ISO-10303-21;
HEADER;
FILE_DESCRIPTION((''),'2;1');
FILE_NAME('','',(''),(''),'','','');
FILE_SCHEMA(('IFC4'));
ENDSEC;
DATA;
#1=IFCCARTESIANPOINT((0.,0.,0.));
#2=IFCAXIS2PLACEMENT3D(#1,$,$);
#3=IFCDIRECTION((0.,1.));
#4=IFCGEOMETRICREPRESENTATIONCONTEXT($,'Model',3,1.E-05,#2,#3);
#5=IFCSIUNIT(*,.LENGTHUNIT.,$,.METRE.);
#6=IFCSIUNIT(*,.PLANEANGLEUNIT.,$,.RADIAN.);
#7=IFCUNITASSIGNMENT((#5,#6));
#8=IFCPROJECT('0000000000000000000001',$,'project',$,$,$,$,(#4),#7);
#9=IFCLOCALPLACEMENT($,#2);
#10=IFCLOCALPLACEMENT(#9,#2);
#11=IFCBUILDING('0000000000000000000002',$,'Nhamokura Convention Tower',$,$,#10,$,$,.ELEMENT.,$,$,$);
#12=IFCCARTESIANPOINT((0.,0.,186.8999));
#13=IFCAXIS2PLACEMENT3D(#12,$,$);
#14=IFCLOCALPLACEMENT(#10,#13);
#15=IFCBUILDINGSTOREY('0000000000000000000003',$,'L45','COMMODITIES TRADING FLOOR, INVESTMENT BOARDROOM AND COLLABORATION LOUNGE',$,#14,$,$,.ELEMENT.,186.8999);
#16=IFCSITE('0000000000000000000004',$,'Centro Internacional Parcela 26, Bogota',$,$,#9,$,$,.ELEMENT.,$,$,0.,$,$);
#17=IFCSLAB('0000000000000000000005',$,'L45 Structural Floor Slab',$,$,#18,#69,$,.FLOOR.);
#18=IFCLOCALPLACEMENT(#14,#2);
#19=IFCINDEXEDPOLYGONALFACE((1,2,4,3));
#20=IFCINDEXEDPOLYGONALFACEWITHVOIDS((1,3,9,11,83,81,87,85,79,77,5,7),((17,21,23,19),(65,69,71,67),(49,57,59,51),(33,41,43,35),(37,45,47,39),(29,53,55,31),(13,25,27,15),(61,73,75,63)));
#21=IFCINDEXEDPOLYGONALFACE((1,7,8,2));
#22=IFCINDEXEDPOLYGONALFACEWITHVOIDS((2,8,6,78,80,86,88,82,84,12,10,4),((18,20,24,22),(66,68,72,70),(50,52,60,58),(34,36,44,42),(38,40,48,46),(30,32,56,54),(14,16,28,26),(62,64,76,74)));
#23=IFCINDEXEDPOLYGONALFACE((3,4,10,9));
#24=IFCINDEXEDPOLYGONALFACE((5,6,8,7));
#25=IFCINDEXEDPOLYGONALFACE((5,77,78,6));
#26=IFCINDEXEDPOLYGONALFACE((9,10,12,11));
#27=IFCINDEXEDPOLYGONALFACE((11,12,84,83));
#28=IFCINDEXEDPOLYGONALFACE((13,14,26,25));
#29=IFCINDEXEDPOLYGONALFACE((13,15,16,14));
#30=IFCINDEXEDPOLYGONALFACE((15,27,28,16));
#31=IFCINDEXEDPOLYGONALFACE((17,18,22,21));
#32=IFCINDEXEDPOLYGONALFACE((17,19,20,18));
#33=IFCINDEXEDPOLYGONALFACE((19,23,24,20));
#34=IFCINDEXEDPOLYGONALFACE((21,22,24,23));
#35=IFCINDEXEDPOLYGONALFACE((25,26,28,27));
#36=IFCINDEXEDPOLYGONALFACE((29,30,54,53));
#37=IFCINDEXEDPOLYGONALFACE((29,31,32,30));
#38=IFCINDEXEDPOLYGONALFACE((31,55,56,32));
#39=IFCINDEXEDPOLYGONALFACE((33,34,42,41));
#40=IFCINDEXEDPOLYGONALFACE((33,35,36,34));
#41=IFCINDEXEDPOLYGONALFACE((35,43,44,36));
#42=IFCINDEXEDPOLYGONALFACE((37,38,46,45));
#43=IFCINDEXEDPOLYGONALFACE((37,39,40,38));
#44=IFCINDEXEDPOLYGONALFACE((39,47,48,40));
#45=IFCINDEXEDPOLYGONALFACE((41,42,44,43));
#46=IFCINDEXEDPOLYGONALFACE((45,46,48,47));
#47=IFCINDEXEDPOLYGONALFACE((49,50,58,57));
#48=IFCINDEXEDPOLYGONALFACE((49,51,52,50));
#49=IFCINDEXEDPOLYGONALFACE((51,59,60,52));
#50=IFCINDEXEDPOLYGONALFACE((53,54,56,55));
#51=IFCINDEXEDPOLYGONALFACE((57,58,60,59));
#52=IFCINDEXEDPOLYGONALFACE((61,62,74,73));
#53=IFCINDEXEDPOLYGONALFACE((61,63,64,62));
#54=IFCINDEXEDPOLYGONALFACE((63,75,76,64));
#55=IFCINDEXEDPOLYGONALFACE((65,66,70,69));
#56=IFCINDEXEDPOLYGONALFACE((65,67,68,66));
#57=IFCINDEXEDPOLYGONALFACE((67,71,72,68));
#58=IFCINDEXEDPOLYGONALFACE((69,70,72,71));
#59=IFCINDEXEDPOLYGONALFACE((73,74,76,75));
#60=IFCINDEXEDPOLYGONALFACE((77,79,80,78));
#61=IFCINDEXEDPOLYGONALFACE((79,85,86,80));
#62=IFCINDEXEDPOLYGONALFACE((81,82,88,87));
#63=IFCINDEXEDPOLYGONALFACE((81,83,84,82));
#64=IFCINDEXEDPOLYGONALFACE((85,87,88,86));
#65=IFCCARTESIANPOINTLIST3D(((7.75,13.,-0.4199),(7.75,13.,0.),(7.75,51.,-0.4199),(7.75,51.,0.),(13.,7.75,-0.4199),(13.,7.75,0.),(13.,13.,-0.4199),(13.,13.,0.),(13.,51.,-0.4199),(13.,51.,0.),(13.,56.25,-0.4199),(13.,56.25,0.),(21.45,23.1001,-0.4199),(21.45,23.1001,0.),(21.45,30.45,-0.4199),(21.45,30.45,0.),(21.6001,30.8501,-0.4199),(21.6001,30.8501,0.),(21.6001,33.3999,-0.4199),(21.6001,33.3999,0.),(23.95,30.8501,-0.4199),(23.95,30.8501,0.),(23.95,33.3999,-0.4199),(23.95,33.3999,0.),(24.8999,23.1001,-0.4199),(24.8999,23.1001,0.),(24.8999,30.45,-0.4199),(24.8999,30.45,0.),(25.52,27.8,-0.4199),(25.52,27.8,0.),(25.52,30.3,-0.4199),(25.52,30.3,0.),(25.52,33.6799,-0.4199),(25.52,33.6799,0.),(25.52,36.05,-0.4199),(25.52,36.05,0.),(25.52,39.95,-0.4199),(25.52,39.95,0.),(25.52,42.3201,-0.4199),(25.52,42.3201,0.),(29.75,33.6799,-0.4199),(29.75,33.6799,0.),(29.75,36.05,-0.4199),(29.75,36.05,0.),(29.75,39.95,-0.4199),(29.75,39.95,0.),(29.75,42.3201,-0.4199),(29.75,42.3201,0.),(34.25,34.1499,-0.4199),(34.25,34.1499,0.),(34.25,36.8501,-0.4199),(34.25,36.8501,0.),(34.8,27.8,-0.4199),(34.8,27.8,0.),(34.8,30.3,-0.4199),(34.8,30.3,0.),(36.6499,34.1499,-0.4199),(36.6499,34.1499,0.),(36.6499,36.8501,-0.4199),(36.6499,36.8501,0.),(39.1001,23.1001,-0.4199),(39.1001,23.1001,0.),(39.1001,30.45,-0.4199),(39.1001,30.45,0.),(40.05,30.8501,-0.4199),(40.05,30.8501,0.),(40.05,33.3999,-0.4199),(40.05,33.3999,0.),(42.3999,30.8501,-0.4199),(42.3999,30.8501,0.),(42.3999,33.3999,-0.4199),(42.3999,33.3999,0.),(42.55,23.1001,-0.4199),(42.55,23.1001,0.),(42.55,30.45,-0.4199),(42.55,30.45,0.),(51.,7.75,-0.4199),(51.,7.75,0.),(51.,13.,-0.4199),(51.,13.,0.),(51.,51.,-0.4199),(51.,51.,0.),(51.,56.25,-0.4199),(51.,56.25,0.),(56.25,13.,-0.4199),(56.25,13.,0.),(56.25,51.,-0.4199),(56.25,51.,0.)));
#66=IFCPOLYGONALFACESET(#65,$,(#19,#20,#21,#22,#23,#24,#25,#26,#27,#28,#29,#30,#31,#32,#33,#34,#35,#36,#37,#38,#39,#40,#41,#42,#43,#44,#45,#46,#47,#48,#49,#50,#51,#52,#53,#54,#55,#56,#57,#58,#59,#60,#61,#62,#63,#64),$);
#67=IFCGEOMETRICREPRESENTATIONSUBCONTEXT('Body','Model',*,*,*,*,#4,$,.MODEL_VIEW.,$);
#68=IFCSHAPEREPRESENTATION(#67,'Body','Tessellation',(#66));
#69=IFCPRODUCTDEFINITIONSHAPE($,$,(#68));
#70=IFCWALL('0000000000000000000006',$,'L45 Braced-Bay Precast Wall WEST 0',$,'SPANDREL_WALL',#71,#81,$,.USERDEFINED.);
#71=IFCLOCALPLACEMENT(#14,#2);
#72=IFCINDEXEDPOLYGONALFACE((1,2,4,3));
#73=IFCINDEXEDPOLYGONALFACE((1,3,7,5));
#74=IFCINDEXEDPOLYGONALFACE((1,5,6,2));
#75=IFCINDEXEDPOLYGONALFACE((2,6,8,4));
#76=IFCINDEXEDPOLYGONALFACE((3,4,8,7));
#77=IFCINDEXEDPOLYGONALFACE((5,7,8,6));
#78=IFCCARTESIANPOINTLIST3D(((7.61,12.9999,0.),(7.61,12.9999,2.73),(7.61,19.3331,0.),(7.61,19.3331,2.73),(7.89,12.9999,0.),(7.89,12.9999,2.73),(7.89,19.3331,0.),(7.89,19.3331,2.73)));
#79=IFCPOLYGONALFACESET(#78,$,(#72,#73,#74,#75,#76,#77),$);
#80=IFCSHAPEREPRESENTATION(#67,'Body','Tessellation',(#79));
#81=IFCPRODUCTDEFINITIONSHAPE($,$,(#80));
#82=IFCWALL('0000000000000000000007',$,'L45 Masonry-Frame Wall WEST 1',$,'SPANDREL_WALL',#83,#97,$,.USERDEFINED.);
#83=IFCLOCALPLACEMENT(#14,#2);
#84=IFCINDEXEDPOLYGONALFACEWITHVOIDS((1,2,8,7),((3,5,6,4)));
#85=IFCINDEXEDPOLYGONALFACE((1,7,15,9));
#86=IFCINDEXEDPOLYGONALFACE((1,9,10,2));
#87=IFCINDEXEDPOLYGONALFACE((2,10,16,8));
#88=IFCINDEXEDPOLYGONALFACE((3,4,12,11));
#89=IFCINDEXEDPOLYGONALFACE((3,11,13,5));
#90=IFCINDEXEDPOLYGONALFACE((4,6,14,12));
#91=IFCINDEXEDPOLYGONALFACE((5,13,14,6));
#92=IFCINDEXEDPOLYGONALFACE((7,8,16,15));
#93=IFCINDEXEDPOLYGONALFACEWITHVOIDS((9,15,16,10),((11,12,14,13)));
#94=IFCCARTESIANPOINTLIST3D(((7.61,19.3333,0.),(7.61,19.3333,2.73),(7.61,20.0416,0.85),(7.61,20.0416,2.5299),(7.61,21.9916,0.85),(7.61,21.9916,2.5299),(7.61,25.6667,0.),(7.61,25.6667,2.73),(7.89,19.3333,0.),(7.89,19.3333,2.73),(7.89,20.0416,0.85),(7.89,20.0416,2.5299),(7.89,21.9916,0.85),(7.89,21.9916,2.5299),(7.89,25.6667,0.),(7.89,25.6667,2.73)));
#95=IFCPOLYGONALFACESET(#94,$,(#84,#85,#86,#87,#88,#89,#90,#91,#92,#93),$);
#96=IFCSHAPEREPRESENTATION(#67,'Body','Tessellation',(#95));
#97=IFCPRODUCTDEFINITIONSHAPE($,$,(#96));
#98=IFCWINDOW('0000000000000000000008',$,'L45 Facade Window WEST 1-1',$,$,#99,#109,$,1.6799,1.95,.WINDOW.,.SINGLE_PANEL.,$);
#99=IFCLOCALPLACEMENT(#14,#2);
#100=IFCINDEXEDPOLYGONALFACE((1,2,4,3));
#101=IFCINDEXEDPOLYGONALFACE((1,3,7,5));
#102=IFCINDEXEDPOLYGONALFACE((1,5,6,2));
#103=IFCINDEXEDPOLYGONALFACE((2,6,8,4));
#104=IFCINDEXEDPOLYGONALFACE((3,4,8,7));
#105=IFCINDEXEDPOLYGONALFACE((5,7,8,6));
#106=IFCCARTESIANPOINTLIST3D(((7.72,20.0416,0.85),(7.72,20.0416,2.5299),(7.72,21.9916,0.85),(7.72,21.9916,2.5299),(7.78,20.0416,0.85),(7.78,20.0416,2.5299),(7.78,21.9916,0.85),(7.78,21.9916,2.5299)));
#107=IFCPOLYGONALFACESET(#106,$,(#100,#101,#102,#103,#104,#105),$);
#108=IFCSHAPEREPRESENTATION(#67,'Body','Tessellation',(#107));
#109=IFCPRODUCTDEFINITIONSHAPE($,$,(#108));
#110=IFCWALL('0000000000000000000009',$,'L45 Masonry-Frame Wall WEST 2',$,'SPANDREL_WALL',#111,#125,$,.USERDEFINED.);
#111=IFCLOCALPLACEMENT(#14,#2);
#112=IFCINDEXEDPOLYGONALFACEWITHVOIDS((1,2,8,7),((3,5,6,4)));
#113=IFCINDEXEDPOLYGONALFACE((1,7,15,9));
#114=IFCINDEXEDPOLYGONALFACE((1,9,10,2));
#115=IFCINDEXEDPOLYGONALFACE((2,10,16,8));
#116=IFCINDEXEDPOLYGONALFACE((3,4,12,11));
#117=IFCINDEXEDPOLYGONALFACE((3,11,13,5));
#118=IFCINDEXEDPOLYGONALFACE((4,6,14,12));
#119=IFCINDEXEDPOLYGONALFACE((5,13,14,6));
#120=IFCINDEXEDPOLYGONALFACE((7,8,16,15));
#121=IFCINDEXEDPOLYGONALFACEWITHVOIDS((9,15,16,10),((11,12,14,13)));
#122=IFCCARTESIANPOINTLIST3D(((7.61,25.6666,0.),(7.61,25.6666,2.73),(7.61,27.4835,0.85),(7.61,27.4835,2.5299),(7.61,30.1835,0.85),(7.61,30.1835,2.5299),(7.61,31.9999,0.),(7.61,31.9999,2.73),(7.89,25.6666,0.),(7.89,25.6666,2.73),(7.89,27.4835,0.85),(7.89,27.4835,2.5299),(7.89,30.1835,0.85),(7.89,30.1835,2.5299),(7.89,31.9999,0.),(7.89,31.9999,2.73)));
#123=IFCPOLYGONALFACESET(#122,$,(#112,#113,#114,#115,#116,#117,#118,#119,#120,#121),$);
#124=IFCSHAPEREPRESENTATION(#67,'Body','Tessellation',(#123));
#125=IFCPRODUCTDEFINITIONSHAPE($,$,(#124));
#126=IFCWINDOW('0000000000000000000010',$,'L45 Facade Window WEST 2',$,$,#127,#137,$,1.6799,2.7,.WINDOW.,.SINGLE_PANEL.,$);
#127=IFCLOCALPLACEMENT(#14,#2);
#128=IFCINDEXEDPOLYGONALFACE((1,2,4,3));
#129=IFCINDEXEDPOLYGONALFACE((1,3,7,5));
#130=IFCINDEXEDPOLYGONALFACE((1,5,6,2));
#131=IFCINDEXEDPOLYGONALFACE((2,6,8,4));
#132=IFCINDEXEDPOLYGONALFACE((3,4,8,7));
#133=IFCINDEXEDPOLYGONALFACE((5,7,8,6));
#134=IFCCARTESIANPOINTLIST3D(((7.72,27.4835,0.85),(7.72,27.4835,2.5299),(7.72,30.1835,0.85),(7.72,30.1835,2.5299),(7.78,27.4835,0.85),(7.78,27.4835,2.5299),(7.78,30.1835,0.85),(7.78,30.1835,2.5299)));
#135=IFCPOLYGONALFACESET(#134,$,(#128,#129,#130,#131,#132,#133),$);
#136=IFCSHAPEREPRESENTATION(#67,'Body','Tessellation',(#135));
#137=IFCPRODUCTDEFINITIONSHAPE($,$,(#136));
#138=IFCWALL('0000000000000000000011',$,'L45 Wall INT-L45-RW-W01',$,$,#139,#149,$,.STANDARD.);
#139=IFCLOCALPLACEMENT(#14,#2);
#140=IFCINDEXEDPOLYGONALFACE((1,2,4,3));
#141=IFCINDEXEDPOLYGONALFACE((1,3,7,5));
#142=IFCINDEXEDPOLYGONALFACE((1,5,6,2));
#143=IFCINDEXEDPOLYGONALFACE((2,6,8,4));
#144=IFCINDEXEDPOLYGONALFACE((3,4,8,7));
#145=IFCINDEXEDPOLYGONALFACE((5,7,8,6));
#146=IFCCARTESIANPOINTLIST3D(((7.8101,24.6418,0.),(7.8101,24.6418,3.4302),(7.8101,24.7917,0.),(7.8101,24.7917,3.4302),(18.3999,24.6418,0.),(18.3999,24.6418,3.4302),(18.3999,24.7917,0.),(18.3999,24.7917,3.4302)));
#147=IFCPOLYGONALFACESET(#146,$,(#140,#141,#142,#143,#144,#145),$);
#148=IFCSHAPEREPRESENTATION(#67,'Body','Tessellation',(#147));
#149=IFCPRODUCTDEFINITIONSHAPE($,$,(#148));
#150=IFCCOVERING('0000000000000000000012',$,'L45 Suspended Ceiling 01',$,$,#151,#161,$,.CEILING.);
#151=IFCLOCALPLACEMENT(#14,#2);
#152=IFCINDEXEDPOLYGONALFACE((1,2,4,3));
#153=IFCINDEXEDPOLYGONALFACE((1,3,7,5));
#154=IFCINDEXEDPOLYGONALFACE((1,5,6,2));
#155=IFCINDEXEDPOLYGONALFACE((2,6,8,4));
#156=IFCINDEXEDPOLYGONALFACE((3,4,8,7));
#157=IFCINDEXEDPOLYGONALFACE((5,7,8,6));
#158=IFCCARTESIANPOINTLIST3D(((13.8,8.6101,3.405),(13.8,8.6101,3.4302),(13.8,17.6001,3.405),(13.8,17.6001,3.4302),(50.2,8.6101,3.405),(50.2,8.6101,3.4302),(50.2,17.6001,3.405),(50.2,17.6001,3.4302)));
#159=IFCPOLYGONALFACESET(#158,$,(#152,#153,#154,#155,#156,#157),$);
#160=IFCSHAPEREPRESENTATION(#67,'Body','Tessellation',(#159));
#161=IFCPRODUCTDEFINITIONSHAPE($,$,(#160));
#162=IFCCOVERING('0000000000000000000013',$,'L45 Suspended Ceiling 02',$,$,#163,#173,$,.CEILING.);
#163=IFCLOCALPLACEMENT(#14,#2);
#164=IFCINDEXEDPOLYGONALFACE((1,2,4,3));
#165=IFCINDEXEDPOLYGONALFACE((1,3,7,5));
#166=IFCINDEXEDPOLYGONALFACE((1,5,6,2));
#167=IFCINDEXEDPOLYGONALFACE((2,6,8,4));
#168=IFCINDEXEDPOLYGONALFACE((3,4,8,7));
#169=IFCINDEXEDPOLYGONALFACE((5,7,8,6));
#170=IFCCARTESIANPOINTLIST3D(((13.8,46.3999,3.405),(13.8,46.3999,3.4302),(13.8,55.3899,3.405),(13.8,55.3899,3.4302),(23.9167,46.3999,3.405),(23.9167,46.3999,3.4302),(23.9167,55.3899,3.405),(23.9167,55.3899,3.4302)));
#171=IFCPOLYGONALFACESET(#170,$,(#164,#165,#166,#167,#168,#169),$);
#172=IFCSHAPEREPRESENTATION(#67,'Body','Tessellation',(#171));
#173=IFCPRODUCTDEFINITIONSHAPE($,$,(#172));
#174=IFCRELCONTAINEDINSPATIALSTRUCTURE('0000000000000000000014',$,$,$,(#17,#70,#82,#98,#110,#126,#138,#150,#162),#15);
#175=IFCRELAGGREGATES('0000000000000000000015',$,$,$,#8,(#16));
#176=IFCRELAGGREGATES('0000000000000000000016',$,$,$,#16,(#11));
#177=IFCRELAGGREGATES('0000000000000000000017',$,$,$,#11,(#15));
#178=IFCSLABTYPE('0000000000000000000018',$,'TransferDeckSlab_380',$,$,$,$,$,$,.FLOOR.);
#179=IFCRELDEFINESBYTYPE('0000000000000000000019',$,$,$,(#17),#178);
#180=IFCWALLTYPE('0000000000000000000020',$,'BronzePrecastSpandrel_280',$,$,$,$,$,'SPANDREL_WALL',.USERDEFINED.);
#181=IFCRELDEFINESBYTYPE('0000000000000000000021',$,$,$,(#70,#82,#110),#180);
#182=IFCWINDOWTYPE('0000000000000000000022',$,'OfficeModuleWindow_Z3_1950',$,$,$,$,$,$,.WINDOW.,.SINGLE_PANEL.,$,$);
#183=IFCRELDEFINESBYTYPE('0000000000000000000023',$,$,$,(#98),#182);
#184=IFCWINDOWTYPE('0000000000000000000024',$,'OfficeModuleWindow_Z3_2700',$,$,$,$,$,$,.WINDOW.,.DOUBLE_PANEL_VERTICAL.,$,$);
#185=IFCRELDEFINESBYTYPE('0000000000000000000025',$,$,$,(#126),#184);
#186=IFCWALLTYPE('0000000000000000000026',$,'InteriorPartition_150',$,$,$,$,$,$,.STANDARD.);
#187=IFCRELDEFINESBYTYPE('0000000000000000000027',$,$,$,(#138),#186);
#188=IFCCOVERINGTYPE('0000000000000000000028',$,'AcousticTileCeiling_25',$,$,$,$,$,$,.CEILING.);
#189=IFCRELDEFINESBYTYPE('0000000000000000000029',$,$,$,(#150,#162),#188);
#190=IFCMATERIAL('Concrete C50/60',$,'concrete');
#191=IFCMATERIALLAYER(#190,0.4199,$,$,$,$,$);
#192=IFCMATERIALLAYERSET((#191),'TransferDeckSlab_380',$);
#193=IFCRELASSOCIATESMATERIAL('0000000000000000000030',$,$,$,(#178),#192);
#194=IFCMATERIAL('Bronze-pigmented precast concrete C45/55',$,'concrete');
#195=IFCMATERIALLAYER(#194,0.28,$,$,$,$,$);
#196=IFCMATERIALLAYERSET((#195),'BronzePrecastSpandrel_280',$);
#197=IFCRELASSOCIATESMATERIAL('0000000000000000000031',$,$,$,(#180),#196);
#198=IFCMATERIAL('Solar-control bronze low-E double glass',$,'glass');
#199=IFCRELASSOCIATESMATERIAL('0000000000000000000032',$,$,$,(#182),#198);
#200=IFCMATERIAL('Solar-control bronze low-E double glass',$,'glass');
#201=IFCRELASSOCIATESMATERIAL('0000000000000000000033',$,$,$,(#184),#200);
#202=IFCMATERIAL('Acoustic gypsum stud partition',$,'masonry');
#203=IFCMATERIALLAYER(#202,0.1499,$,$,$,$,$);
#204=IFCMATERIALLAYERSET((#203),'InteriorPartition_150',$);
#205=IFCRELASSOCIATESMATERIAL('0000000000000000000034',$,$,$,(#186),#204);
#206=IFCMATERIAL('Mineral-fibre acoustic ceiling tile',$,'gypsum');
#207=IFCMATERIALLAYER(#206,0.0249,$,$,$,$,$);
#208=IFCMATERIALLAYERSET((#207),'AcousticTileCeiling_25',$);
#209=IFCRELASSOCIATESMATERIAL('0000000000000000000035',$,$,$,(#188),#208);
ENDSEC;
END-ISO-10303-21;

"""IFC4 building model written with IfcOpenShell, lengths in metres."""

from ifc_helpers import new_model, si_unit, direction, frame, frame_2d, origin, place, context, subcontext, project, spatial, polyline, rectangle, outline, extrude, material, layer, layer_set, type_object, element, fill, save


model = new_model("IFC4")

# Units and contexts
model_context = context("Model", 3, precision=1e-05, world=origin(), true_north=direction((0.0, 1.0)))
body_context = subcontext(model_context, "Body", "Model", "MODEL_VIEW")
ifc_project = project(units=[si_unit("LENGTHUNIT", "METRE"), si_unit("PLANEANGLEUNIT", "RADIAN")], contexts=[model_context])

# Site, building, storey
site_placement = place(None, origin())
site = spatial("IfcSite", under=ifc_project, at=site_placement, Name="Centro Internacional Parcela 26, Bogota", CompositionType="ELEMENT", RefElevation=0.0)
building_placement = place(site_placement, origin())
building = spatial("IfcBuilding", under=site, at=building_placement, Name="Nhamokura Convention Tower", CompositionType="ELEMENT")
storey_placement = place(building_placement, frame((0.0, 0.0, 186.8999)))
storey = spatial("IfcBuildingStorey", under=building, at=storey_placement, Name="L45", Description="COMMODITIES TRADING FLOOR, INVESTMENT BOARDROOM AND COLLABORATION LOUNGE", CompositionType="ELEMENT", Elevation=186.8999)

# Slab
ifc_material_1 = material(Name="Concrete C50/60", Category="concrete")
ifc_layer_1 = layer(ifc_material_1, 0.4199)
ifc_layer_set_1 = layer_set([ifc_layer_1], Name="TransferDeckSlab_380")
slab_type_1 = type_object("IfcSlabType", Name="TransferDeckSlab_380", PredefinedType="FLOOR", material=ifc_layer_set_1)
slab_1_placement = place(storey_placement, frame((0.0, 0.0, -0.4199)))
element("IfcSlab", 1, at=slab_1_placement, inside=storey, type_object=slab_type_1, Name="L45 Structural Floor Slab", PredefinedType="FLOOR", context=body_context, shape_type="SweptSolid", body=[
    extrude(outline(polyline([(13.0, 7.75), (51.0, 7.75), (51.0, 13.0), (56.25, 13.0), (56.25, 51.0), (51.0, 51.0), (51.0, 56.25), (13.0, 56.25), (13.0, 51.0), (7.75, 51.0), (7.75, 13.0), (13.0, 13.0), (13.0, 7.75)]), holes=[polyline([(24.8999, 23.1001), (24.8999, 30.45), (21.45, 30.45), (21.45, 23.1001), (24.8999, 23.1001)]), polyline([(42.55, 23.1001), (42.55, 30.45), (39.1001, 30.45), (39.1001, 23.1001), (42.55, 23.1001)]), polyline([(21.6001, 30.8501), (23.95, 30.8501), (23.95, 33.3999), (21.6001, 33.3999), (21.6001, 30.8501)]), polyline([(40.05, 30.8501), (42.3999, 30.8501), (42.3999, 33.3999), (40.05, 33.3999), (40.05, 30.8501)]), polyline([(34.25, 34.1499), (36.6499, 34.1499), (36.6499, 36.8501), (34.25, 36.8501), (34.25, 34.1499)]), polyline([(25.52, 27.8), (34.8, 27.8), (34.8, 30.3), (25.52, 30.3), (25.52, 27.8)]), polyline([(25.52, 33.6799), (29.75, 33.6799), (29.75, 36.05), (25.52, 36.05), (25.52, 33.6799)]), polyline([(25.52, 39.95), (29.75, 39.95), (29.75, 42.3201), (25.52, 42.3201), (25.52, 39.95)])]), origin(), (0.0, 0.0, 1.0), 0.4199),
])

# Wall
ifc_material_2 = material(Name="Bronze-pigmented precast concrete C45/55", Category="concrete")
ifc_layer_2 = layer(ifc_material_2, 0.28)
ifc_layer_set_2 = layer_set([ifc_layer_2], Name="BronzePrecastSpandrel_280")
wall_type_1 = type_object("IfcWallType", Name="BronzePrecastSpandrel_280", ElementType="SPANDREL_WALL", PredefinedType="USERDEFINED", material=ifc_layer_set_2)
wall_1_placement = place(storey_placement, frame((7.75, 13.0, 0.0), z_axis=(0.0, 0.0, 1.0), x_axis=(0.0, 1.0, 0.0)))
element("IfcWall", 2, at=wall_1_placement, inside=storey, type_object=wall_type_1, Name="L45 Braced-Bay Precast Wall WEST 0", ObjectType="SPANDREL_WALL", PredefinedType="USERDEFINED", context=body_context, shape_type="SweptSolid", body=[
    extrude(rectangle(XDim=6.3333, YDim=0.28, at=frame_2d((3.1665, 0.0))), origin(), (0.0, 0.0, 1.0), 2.73),
])

# Walls, openings, windows
wall_2_placement = place(storey_placement, frame((7.75, 19.3333, 0.0), z_axis=(0.0, 0.0, 1.0), x_axis=(0.0, 1.0, 0.0)))
wall_2 = element("IfcWall", 3, at=wall_2_placement, inside=storey, type_object=wall_type_1, Name="L45 Masonry-Frame Wall WEST 1", ObjectType="SPANDREL_WALL", PredefinedType="USERDEFINED", context=body_context, shape_type="SweptSolid", body=[
    extrude(rectangle(XDim=6.3335, YDim=0.28, at=frame_2d((3.1667, 0.0))), origin(), (0.0, 0.0, 1.0), 2.73),
])
opening_1_placement = place(wall_2_placement, frame((0.7083, 0.0, 0.8501)))
opening_1 = element("IfcOpeningElement", 4, at=opening_1_placement, cuts=wall_2, PredefinedType="OPENING", context=body_context, shape_type="SweptSolid", body=[
    extrude(rectangle(XDim=1.95, YDim=1.6799, at=frame_2d((0.9751, 0.8398))), frame((0.0, 0.1499, 0.0), z_axis=(0.0, -1.0, 0.0), x_axis=(1.0, 0.0, 0.0)), (0.0, 0.0, 1.0), 0.3),
])
ifc_material_3 = material(Name="Solar-control bronze low-E double glass", Category="glass")
window_type_1 = type_object("IfcWindowType", Name="OfficeModuleWindow_Z3_1950", PartitioningType="SINGLE_PANEL", PredefinedType="WINDOW", material=ifc_material_3)
window_1_placement = place(opening_1_placement, origin())
window_1 = element("IfcWindow", 5, at=window_1_placement, inside=storey, type_object=window_type_1, Name="L45 Facade Window WEST 1-1", OverallHeight=1.6799, OverallWidth=1.95, PartitioningType="SINGLE_PANEL", PredefinedType="WINDOW", context=body_context, shape_type="SweptSolid", body=[
    extrude(rectangle(XDim=1.95, YDim=1.6799, at=frame_2d((0.9751, 0.8398))), frame((0.0, 0.03, 0.0), z_axis=(0.0, -1.0, 0.0), x_axis=(1.0, 0.0, 0.0)), (0.0, 0.0, 1.0), 0.0601),
])
fill(opening_1, window_1)
wall_3_placement = place(storey_placement, frame((7.75, 25.6667, 0.0), z_axis=(0.0, 0.0, 1.0), x_axis=(0.0, 1.0, 0.0)))
wall_3 = element("IfcWall", 6, at=wall_3_placement, inside=storey, type_object=wall_type_1, Name="L45 Masonry-Frame Wall WEST 2", ObjectType="SPANDREL_WALL", PredefinedType="USERDEFINED", context=body_context, shape_type="SweptSolid", body=[
    extrude(rectangle(XDim=6.3333, YDim=0.28, at=frame_2d((3.1665, 0.0))), origin(), (0.0, 0.0, 1.0), 2.73),
])
opening_2_placement = place(wall_3_placement, frame((1.8167, 0.0, 0.8501)))
opening_2 = element("IfcOpeningElement", 7, at=opening_2_placement, cuts=wall_3, PredefinedType="OPENING", context=body_context, shape_type="SweptSolid", body=[
    extrude(rectangle(XDim=2.7, YDim=1.6799, at=frame_2d((1.3501, 0.8398))), frame((0.0, 0.1499, 0.0), z_axis=(0.0, -1.0, 0.0), x_axis=(1.0, 0.0, 0.0)), (0.0, 0.0, 1.0), 0.3),
])
ifc_material_4 = material(Name="Solar-control bronze low-E double glass", Category="glass")
window_type_2 = type_object("IfcWindowType", Name="OfficeModuleWindow_Z3_2700", PartitioningType="DOUBLE_PANEL_VERTICAL", PredefinedType="WINDOW", material=ifc_material_4)
window_2_placement = place(opening_2_placement, origin())
window_2 = element("IfcWindow", 8, at=window_2_placement, inside=storey, type_object=window_type_2, Name="L45 Facade Window WEST 2", OverallHeight=1.6799, OverallWidth=2.7, PartitioningType="SINGLE_PANEL", PredefinedType="WINDOW", context=body_context, shape_type="SweptSolid", body=[
    extrude(rectangle(XDim=2.7, YDim=1.6799, at=frame_2d((1.3501, 0.8398))), frame((0.0, 0.03, 0.0), z_axis=(0.0, -1.0, 0.0), x_axis=(1.0, 0.0, 0.0)), (0.0, 0.0, 1.0), 0.0601),
])
fill(opening_2, window_2)

# Wall
ifc_material_5 = material(Name="Acoustic gypsum stud partition", Category="masonry")
ifc_layer_3 = layer(ifc_material_5, 0.1499)
ifc_layer_set_3 = layer_set([ifc_layer_3], Name="InteriorPartition_150")
wall_type_2 = type_object("IfcWallType", Name="InteriorPartition_150", PredefinedType="STANDARD", material=ifc_layer_set_3)
wall_4_placement = place(storey_placement, frame((7.8101, 24.7168, 0.0), z_axis=(0.0, 0.0, 1.0), x_axis=(1.0, 0.0, 0.0)))
element("IfcWall", 9, at=wall_4_placement, inside=storey, type_object=wall_type_2, Name="L45 Wall INT-L45-RW-W01", PredefinedType="STANDARD", context=body_context, shape_type="SweptSolid", body=[
    extrude(rectangle(XDim=10.5898, YDim=0.1499, at=frame_2d((5.2949, 0.0))), origin(), (0.0, 0.0, 1.0), 3.4302),
])

# Coverings
ifc_material_6 = material(Name="Mineral-fibre acoustic ceiling tile", Category="gypsum")
ifc_layer_4 = layer(ifc_material_6, 0.0249)
ifc_layer_set_4 = layer_set([ifc_layer_4], Name="AcousticTileCeiling_25")
covering_type_1 = type_object("IfcCoveringType", Name="AcousticTileCeiling_25", PredefinedType="CEILING", material=ifc_layer_set_4)
covering_1_placement = place(storey_placement, frame((0.0, 0.0, 3.405)))
element("IfcCovering", 10, at=covering_1_placement, inside=storey, type_object=covering_type_1, Name="L45 Suspended Ceiling 01", PredefinedType="CEILING", context=body_context, shape_type="SweptSolid", body=[
    extrude(outline(polyline([(13.8, 8.6101), (50.2, 8.6101), (50.2, 17.6001), (13.8, 17.6001), (13.8, 8.6101)])), origin(), (0.0, 0.0, 1.0), 0.0251),
])
covering_2_placement = place(storey_placement, frame((0.0, 0.0, 3.405)))
element("IfcCovering", 11, at=covering_2_placement, inside=storey, type_object=covering_type_1, Name="L45 Suspended Ceiling 02", PredefinedType="CEILING", context=body_context, shape_type="SweptSolid", body=[
    extrude(outline(polyline([(13.8, 46.3999), (23.9167, 46.3999), (23.9167, 55.3899), (13.8, 55.3899), (13.8, 46.3999)])), origin(), (0.0, 0.0, 1.0), 0.0251),
])

save(model, "model.ifc")
